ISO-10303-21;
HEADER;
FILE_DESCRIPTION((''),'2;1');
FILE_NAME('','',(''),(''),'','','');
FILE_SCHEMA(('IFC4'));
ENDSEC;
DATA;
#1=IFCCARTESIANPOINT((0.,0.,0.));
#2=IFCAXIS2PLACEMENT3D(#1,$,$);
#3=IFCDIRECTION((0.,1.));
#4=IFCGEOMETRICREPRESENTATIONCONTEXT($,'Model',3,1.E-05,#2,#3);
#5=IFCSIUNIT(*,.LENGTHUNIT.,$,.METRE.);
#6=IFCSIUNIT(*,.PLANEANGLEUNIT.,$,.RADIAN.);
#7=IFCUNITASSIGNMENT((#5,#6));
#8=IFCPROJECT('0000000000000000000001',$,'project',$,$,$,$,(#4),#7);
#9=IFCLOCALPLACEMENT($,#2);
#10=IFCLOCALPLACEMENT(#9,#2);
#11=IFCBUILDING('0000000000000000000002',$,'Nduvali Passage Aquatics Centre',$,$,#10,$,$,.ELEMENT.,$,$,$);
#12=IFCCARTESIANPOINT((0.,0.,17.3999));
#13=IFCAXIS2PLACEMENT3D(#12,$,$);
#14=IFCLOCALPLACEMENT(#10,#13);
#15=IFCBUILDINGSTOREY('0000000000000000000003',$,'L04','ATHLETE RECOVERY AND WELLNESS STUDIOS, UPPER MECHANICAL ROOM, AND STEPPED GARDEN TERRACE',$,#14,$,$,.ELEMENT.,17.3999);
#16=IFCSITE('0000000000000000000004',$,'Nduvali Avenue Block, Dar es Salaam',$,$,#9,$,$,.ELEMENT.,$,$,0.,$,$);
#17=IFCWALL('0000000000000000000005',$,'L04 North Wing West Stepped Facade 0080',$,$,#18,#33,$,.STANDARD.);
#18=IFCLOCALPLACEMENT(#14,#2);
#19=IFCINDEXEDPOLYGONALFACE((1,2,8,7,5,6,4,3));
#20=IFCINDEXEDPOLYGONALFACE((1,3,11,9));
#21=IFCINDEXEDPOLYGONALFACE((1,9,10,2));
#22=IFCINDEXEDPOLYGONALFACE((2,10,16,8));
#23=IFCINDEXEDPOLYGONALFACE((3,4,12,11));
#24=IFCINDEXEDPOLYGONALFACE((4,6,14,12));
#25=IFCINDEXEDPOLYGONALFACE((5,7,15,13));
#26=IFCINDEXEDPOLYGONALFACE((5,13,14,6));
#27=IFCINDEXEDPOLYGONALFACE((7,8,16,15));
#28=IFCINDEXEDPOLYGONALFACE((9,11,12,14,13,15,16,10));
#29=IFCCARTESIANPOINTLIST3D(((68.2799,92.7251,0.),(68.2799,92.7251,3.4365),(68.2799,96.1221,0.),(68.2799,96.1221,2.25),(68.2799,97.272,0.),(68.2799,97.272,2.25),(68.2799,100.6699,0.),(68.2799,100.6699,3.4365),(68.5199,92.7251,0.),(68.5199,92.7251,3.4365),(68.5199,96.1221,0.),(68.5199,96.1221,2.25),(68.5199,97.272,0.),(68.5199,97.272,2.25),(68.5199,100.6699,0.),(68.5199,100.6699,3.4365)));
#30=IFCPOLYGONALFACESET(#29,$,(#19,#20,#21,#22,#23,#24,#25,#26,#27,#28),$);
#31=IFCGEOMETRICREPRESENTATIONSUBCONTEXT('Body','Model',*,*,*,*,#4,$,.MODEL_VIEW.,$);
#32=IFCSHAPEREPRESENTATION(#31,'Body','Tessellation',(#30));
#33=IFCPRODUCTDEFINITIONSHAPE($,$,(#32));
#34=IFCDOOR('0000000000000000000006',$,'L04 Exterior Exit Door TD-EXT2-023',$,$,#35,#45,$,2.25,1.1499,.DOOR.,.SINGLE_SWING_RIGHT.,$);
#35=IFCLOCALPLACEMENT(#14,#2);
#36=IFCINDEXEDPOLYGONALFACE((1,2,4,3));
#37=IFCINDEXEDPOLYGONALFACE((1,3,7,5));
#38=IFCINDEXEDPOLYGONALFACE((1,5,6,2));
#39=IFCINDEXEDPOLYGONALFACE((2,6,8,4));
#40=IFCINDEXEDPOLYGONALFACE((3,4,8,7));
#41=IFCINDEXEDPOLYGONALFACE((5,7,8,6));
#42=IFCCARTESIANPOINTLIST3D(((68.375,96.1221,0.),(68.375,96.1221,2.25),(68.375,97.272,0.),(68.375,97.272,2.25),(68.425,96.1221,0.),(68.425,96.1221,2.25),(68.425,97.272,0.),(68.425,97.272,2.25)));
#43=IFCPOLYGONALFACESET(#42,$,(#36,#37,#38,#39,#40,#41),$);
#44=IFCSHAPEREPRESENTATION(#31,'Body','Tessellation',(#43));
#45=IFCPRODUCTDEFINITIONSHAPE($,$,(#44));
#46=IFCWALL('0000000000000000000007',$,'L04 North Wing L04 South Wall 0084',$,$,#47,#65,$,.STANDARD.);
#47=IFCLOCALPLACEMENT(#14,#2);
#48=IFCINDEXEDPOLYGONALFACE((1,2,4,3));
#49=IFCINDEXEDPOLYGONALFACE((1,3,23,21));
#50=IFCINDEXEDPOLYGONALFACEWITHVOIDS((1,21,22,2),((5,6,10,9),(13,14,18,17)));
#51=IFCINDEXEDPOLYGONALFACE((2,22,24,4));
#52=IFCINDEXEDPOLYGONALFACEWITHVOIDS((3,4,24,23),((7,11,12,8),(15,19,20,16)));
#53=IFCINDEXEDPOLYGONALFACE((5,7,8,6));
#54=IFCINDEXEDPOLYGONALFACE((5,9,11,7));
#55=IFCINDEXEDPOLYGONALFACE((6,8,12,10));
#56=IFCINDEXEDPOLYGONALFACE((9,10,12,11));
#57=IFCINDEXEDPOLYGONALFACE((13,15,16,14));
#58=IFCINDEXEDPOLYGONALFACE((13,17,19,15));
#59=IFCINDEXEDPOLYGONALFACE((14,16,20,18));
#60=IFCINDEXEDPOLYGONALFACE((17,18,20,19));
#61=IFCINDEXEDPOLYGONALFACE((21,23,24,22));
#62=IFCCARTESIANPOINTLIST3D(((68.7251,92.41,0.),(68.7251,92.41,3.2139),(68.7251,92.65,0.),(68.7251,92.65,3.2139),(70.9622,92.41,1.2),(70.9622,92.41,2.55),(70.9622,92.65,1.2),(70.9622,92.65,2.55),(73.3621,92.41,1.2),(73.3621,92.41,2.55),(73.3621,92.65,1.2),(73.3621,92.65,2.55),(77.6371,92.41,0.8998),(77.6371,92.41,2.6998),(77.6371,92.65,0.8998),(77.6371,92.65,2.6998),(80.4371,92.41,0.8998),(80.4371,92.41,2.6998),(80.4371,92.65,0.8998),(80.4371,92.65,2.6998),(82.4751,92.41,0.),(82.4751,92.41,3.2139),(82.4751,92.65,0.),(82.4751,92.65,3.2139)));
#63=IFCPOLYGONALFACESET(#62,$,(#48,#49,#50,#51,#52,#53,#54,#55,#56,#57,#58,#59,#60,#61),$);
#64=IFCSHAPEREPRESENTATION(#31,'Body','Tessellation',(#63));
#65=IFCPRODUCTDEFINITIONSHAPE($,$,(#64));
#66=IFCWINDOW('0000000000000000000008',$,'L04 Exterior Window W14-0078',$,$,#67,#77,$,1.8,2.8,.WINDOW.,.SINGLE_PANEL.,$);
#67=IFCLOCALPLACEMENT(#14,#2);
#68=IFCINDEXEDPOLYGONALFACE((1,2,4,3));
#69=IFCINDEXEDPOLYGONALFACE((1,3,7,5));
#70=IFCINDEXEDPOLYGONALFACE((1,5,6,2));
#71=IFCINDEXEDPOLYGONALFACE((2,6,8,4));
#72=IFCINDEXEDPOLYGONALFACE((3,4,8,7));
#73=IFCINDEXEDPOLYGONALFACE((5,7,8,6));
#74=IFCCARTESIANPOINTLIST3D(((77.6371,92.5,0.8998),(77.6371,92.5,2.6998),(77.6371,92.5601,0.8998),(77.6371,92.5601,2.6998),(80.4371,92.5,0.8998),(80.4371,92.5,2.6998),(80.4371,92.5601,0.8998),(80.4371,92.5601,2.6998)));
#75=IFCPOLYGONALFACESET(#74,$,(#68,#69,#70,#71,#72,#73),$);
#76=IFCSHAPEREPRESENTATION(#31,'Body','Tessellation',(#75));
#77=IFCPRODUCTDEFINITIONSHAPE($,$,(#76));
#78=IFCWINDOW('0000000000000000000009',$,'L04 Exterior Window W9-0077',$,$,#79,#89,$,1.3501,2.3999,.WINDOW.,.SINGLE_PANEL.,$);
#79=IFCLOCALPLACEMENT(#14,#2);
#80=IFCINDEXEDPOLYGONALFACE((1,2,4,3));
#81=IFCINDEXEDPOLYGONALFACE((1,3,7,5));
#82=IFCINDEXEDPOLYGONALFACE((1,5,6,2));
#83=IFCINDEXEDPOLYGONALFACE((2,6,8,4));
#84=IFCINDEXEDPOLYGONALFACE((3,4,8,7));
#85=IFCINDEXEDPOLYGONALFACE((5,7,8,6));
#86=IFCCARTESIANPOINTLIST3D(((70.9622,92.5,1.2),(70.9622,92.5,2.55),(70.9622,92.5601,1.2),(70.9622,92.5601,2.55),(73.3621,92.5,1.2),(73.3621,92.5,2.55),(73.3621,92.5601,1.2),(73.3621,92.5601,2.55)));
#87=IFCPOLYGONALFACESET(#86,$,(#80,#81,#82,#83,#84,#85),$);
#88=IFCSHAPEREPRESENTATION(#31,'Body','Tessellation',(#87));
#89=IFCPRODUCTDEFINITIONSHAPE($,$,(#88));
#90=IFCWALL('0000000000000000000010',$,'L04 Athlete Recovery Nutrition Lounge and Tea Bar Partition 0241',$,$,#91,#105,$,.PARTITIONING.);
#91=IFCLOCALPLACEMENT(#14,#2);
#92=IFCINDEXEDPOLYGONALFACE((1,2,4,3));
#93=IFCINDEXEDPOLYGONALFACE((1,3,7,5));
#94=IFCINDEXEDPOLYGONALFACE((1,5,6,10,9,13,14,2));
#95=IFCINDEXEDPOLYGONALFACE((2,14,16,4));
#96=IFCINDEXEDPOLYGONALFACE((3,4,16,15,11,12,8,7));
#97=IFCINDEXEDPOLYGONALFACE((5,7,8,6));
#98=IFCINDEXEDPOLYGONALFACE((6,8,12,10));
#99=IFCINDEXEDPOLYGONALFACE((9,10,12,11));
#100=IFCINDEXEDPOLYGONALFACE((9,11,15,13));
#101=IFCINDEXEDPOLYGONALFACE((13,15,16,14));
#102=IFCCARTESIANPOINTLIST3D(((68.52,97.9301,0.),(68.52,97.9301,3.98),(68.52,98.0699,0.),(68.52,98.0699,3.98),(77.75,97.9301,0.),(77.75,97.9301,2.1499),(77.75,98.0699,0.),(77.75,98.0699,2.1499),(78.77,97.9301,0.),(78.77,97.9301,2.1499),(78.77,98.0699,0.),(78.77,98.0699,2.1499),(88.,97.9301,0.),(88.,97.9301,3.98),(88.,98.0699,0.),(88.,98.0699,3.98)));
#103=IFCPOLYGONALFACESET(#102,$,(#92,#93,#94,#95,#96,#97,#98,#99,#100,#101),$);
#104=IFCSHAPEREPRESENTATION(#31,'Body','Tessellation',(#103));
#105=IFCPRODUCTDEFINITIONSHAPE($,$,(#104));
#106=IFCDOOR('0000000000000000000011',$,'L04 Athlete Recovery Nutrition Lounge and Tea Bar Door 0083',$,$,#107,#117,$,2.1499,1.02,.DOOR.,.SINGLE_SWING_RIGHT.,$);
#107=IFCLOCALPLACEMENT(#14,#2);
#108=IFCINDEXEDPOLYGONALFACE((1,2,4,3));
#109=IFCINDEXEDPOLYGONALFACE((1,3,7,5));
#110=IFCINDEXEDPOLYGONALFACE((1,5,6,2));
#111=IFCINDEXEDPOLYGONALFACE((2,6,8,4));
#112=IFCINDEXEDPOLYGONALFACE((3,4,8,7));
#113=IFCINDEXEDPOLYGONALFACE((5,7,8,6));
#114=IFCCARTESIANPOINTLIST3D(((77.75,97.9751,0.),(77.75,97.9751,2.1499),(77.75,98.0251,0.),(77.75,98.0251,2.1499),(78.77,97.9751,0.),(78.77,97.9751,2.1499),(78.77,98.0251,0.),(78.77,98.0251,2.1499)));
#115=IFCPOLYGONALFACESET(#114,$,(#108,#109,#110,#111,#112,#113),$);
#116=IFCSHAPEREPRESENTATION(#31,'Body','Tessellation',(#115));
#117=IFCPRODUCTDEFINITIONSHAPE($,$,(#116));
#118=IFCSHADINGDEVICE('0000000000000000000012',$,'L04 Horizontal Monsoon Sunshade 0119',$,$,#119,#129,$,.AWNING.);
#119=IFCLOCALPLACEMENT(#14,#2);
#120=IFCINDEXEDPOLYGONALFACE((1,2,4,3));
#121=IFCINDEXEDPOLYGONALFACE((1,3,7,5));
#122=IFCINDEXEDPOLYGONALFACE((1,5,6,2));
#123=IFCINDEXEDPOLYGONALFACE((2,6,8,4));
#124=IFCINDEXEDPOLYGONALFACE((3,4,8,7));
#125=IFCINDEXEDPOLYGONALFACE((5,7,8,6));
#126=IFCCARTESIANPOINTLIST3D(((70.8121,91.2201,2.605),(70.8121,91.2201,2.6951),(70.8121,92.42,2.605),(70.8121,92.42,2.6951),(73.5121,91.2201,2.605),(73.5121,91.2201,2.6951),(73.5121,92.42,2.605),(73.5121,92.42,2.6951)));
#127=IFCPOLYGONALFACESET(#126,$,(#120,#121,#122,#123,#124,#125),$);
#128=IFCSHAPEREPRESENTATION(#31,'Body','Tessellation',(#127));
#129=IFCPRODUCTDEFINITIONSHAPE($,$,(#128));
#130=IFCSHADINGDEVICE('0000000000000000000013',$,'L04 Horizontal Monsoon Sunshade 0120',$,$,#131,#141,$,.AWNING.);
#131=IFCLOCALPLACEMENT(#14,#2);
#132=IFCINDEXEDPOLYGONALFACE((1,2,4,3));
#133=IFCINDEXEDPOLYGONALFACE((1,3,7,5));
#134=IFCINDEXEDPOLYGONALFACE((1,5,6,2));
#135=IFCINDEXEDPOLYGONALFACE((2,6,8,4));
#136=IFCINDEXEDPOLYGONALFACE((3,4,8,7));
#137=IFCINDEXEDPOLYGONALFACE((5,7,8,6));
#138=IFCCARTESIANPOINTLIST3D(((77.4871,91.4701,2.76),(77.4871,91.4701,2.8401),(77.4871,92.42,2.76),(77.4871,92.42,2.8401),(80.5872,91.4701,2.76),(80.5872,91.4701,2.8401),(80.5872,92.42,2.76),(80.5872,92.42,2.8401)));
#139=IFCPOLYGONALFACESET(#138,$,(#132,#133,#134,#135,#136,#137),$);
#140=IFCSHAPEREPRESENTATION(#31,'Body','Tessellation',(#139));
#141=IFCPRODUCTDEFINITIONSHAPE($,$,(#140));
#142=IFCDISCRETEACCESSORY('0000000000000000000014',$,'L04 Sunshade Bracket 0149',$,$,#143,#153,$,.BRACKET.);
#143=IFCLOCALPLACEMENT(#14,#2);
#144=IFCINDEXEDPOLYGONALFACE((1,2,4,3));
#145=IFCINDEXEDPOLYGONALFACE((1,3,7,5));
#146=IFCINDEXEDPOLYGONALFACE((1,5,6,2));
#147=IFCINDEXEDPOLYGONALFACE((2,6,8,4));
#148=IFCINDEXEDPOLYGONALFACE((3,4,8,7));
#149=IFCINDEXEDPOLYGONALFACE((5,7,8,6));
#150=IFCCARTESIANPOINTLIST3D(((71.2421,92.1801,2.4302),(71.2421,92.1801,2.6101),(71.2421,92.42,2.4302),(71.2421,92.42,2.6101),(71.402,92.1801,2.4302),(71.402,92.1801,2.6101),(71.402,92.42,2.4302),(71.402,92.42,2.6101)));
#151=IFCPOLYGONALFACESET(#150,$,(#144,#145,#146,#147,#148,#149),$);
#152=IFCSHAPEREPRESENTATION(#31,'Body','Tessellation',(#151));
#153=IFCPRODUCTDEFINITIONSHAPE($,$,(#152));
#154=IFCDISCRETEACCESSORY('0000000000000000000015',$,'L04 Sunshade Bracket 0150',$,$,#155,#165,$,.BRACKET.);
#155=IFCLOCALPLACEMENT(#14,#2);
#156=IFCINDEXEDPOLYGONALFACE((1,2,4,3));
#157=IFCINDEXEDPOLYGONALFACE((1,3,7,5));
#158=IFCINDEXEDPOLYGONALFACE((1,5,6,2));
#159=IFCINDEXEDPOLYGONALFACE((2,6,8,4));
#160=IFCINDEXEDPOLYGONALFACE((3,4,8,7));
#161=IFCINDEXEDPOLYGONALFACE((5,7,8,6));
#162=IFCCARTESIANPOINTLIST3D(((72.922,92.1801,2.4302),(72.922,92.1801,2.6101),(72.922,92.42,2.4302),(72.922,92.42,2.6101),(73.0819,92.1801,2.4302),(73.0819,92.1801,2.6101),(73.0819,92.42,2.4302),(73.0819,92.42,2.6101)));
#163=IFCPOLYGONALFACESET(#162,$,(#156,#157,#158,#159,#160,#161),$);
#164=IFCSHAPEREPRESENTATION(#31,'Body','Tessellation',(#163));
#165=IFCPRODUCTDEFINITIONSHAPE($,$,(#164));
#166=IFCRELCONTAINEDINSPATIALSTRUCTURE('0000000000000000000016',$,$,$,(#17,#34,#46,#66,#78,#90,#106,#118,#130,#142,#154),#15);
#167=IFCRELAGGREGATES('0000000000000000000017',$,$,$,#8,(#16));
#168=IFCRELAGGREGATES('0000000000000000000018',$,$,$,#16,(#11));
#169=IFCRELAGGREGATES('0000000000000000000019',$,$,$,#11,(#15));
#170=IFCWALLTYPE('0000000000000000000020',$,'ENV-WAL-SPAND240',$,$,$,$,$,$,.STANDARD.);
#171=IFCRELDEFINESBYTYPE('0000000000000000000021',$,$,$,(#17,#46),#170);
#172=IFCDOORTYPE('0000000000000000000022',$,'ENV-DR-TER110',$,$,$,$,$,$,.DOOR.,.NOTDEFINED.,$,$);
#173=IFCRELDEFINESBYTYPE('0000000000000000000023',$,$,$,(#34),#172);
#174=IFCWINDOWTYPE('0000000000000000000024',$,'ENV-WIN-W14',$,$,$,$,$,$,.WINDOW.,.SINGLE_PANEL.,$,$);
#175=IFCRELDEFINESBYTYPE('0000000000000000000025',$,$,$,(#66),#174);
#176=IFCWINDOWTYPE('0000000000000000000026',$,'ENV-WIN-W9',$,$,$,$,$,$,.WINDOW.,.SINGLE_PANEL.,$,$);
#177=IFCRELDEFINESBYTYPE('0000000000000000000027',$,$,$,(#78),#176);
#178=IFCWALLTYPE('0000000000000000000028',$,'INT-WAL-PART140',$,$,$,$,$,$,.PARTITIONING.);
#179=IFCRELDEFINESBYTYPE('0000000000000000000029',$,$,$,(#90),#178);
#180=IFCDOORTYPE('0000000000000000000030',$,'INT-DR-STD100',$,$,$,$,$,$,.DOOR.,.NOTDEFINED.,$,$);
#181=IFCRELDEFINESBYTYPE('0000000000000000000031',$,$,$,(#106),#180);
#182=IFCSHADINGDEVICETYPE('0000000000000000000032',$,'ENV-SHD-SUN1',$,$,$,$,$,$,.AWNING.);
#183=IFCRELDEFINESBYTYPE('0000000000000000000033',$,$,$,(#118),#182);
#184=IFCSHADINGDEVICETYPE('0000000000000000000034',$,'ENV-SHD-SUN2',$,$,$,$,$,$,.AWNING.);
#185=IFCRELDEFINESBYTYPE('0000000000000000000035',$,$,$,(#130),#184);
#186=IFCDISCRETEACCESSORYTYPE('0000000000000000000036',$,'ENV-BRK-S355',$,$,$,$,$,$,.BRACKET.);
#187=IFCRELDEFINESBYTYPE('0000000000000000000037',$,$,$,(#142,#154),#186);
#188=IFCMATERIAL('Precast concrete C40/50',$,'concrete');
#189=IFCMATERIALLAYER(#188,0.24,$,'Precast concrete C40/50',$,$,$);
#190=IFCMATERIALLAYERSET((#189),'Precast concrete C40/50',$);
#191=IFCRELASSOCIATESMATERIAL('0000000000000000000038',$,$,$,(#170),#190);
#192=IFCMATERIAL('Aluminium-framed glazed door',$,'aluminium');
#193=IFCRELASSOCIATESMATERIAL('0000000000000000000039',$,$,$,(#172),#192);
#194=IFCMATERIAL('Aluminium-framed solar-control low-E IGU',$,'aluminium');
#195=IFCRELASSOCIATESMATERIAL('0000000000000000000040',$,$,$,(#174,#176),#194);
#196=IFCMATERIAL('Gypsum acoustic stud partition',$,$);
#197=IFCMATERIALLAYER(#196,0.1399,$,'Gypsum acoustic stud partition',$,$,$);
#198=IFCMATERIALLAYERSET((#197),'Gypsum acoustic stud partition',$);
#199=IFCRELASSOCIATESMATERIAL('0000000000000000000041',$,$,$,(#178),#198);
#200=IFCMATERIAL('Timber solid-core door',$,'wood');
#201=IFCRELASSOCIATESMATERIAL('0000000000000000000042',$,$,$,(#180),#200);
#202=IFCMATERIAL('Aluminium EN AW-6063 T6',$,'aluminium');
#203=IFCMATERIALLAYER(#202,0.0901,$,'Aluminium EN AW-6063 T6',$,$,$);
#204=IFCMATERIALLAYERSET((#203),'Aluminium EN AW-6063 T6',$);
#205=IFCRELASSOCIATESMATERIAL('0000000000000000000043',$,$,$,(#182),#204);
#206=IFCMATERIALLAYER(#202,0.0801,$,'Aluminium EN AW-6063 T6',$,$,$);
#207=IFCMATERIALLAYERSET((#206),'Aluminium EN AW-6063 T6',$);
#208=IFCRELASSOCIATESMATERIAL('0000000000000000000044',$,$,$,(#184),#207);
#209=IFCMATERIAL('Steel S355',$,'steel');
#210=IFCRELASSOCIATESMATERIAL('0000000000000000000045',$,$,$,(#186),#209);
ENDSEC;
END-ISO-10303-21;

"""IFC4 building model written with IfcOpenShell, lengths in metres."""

from ifc_helpers import new_model, si_unit, direction, frame, frame_2d, origin, origin_2d, place, context, subcontext, project, spatial, rectangle, extrude, material, layer, layer_set, type_object, element, fill, save


model = new_model("IFC4")

# Units and contexts
model_context = context("Model", 3, precision=1e-05, world=origin(), true_north=direction((0.0, 1.0)))
body_context = subcontext(model_context, "Body", "Model", "MODEL_VIEW")
ifc_project = project(units=[si_unit("LENGTHUNIT", "METRE"), si_unit("PLANEANGLEUNIT", "RADIAN")], contexts=[model_context])

# Site, building, storey
site_placement = place(None, origin())
site = spatial("IfcSite", under=ifc_project, at=site_placement, Name="Nduvali Avenue Block, Dar es Salaam", CompositionType="ELEMENT", RefElevation=0.0)
building_placement = place(site_placement, origin())
building = spatial("IfcBuilding", under=site, at=building_placement, Name="Nduvali Passage Aquatics Centre", CompositionType="ELEMENT")
storey_placement = place(building_placement, frame((0.0, 0.0, 17.3999)))
storey = spatial("IfcBuildingStorey", under=building, at=storey_placement, Name="L04", Description="ATHLETE RECOVERY AND WELLNESS STUDIOS, UPPER MECHANICAL ROOM, AND STEPPED GARDEN TERRACE", CompositionType="ELEMENT", Elevation=17.3999)

# Shared definitions
ifc_material_1 = material(Name="Steel S355", Category="steel")

# Wall, opening, door
ifc_material_2 = material(Name="Precast concrete C40/50", Category="concrete")
ifc_layer_1 = layer(ifc_material_2, 0.24, Name="Precast concrete C40/50")
ifc_layer_set_1 = layer_set([ifc_layer_1], Name="Precast concrete C40/50")
wall_type_1 = type_object("IfcWallType", Name="ENV-WAL-SPAND240", PredefinedType="STANDARD", material=ifc_layer_set_1)
wall_1_placement = place(storey_placement, frame((68.3999, 100.6699, 0.0), z_axis=(0.0, 0.0, 1.0), x_axis=(0.0, -1.0, 0.0)))
wall_1 = element("IfcWall", 1, at=wall_1_placement, inside=storey, type_object=wall_type_1, Name="L04 North Wing West Stepped Facade 0080", PredefinedType="STANDARD", context=body_context, shape_type="SweptSolid", body=[
    extrude(rectangle(XDim=7.9448, YDim=0.24, at=frame_2d((3.9724, 0.0))), origin(), (0.0, 0.0, 1.0), 3.4365),
])
opening_1_placement = place(wall_1_placement, frame((3.3979, 0.0, 0.0)))
opening_1 = element("IfcOpeningElement", 2, at=opening_1_placement, cuts=wall_1, PredefinedType="OPENING", context=body_context, shape_type="SweptSolid", body=[
    extrude(rectangle(XDim=1.1499, YDim=2.25, at=frame_2d((0.575, 1.125))), frame((0.0, 0.1348, 0.0), z_axis=(0.0, -1.0, 0.0), x_axis=(1.0, 0.0, 0.0)), (0.0, 0.0, 1.0), 0.2698),
])
ifc_material_3 = material(Name="Aluminium-framed glazed door", Category="aluminium")
door_type_1 = type_object("IfcDoorType", Name="ENV-DR-TER110", OperationType="NOTDEFINED", PredefinedType="DOOR", material=ifc_material_3)
door_1_placement = place(opening_1_placement, frame((1.1499, 0.0, 0.0), z_axis=(0.0, 0.0, 1.0), x_axis=(-1.0, 0.0, 0.0)))
door_1 = element("IfcDoor", 3, at=door_1_placement, inside=storey, type_object=door_type_1, Name="L04 Exterior Exit Door TD-EXT2-023", OperationType="SINGLE_SWING_RIGHT", OverallHeight=2.25, OverallWidth=1.1499, PredefinedType="DOOR", context=body_context, shape_type="SweptSolid", body=[
    extrude(rectangle(XDim=1.1499, YDim=2.25, at=frame_2d((0.575, 1.125))), frame((0.0, 0.0249, 0.0), z_axis=(0.0, -1.0, 0.0), x_axis=(1.0, 0.0, 0.0)), (0.0, 0.0, 1.0), 0.05),
])
fill(opening_1, door_1)

# Wall, openings, windows
wall_2_placement = place(storey_placement, frame((68.7251, 92.53, 0.0), z_axis=(0.0, 0.0, 1.0), x_axis=(1.0, 0.0, 0.0)))
wall_2 = element("IfcWall", 4, at=wall_2_placement, inside=storey, type_object=wall_type_1, Name="L04 North Wing L04 South Wall 0084", PredefinedType="STANDARD", context=body_context, shape_type="SweptSolid", body=[
    extrude(rectangle(XDim=13.75, YDim=0.24, at=frame_2d((6.875, 0.0))), origin(), (0.0, 0.0, 1.0), 3.2139),
])
opening_2_placement = place(wall_2_placement, frame((2.2371, 0.0, 1.2)))
opening_2 = element("IfcOpeningElement", 5, at=opening_2_placement, cuts=wall_2, PredefinedType="OPENING", context=body_context, shape_type="SweptSolid", body=[
    extrude(rectangle(XDim=2.3999, YDim=1.3501, at=frame_2d((1.2, 0.675))), frame((0.0, 0.1348, 0.0), z_axis=(0.0, -1.0, 0.0), x_axis=(1.0, 0.0, 0.0)), (0.0, 0.0, 1.0), 0.2698),
])
opening_3_placement = place(wall_2_placement, frame((8.9121, 0.0, 0.8999)))
opening_3 = element("IfcOpeningElement", 6, at=opening_3_placement, cuts=wall_2, PredefinedType="OPENING", context=body_context, shape_type="SweptSolid", body=[
    extrude(rectangle(XDim=2.8, YDim=1.8, at=frame_2d((1.3999, 0.8999))), frame((0.0, 0.1348, 0.0), z_axis=(0.0, -1.0, 0.0), x_axis=(1.0, 0.0, 0.0)), (0.0, 0.0, 1.0), 0.2698),
])
ifc_material_4 = material(Name="Aluminium-framed solar-control low-E IGU", Category="aluminium")
window_type_1 = type_object("IfcWindowType", Name="ENV-WIN-W14", PartitioningType="SINGLE_PANEL", PredefinedType="WINDOW", material=ifc_material_4)
window_1_placement = place(opening_3_placement, origin())
window_1 = element("IfcWindow", 7, at=window_1_placement, inside=storey, type_object=window_type_1, Name="L04 Exterior Window W14-0078", OverallHeight=1.8, OverallWidth=2.8, PartitioningType="SINGLE_PANEL", PredefinedType="WINDOW", context=body_context, shape_type="SweptSolid", body=[
    extrude(rectangle(XDim=2.8, YDim=1.8, at=frame_2d((1.3999, 0.8999))), frame((0.0, 0.03, 0.0), z_axis=(0.0, -1.0, 0.0), x_axis=(1.0, 0.0, 0.0)), (0.0, 0.0, 1.0), 0.0601),
])
fill(opening_3, window_1)
window_type_2 = type_object("IfcWindowType", Name="ENV-WIN-W9", PartitioningType="SINGLE_PANEL", PredefinedType="WINDOW", material=ifc_material_4)
window_2_placement = place(opening_2_placement, origin())
window_2 = element("IfcWindow", 8, at=window_2_placement, inside=storey, type_object=window_type_2, Name="L04 Exterior Window W9-0077", OverallHeight=1.3501, OverallWidth=2.3999, PartitioningType="SINGLE_PANEL", PredefinedType="WINDOW", context=body_context, shape_type="SweptSolid", body=[
    extrude(rectangle(XDim=2.3999, YDim=1.3501, at=frame_2d((1.2, 0.675))), frame((0.0, 0.03, 0.0), z_axis=(0.0, -1.0, 0.0), x_axis=(1.0, 0.0, 0.0)), (0.0, 0.0, 1.0), 0.0601),
])
fill(opening_2, window_2)

# Wall, opening, door
ifc_material_5 = material(Name="Gypsum acoustic stud partition")
ifc_layer_2 = layer(ifc_material_5, 0.1399, Name="Gypsum acoustic stud partition")
ifc_layer_set_2 = layer_set([ifc_layer_2], Name="Gypsum acoustic stud partition")
wall_type_2 = type_object("IfcWallType", Name="INT-WAL-PART140", PredefinedType="PARTITIONING", material=ifc_layer_set_2)
wall_3_placement = place(storey_placement, frame((68.52, 98.0, 0.0), z_axis=(0.0, 0.0, 1.0), x_axis=(1.0, 0.0, 0.0)))
wall_3 = element("IfcWall", 9, at=wall_3_placement, inside=storey, type_object=wall_type_2, Name="L04 Athlete Recovery Nutrition Lounge and Tea Bar Partition 0241", PredefinedType="PARTITIONING", context=body_context, shape_type="SweptSolid", body=[
    extrude(rectangle(XDim=19.48, YDim=0.1399, at=frame_2d((9.74, 0.0))), origin(), (0.0, 0.0, 1.0), 3.98),
])
opening_4_placement = place(wall_3_placement, frame((9.23, 0.0, 0.0)))
opening_4 = element("IfcOpeningElement", 10, at=opening_4_placement, cuts=wall_3, PredefinedType="OPENING", context=body_context, shape_type="SweptSolid", body=[
    extrude(rectangle(XDim=1.02, YDim=2.1499, at=frame_2d((0.51, 1.075))), frame((0.0, 0.085, 0.0), z_axis=(0.0, -1.0, 0.0), x_axis=(1.0, 0.0, 0.0)), (0.0, 0.0, 1.0), 0.1697),
])
ifc_material_6 = material(Name="Timber solid-core door", Category="wood")
door_type_2 = type_object("IfcDoorType", Name="INT-DR-STD100", OperationType="NOTDEFINED", PredefinedType="DOOR", material=ifc_material_6)
door_2_placement = place(opening_4_placement, frame((1.02, 0.0, 0.0), z_axis=(0.0, 0.0, 1.0), x_axis=(-1.0, 0.0, 0.0)))
door_2 = element("IfcDoor", 11, at=door_2_placement, inside=storey, type_object=door_type_2, Name="L04 Athlete Recovery Nutrition Lounge and Tea Bar Door 0083", OperationType="SINGLE_SWING_RIGHT", OverallHeight=2.1499, OverallWidth=1.02, PredefinedType="DOOR", context=body_context, shape_type="SweptSolid", body=[
    extrude(rectangle(XDim=1.02, YDim=2.1499, at=frame_2d((0.51, 1.075))), frame((0.0, 0.0249, 0.0), z_axis=(0.0, -1.0, 0.0), x_axis=(1.0, 0.0, 0.0)), (0.0, 0.0, 1.0), 0.05),
])
fill(opening_4, door_2)

# Shading devices
ifc_material_7 = material(Name="Aluminium EN AW-6063 T6", Category="aluminium")
ifc_layer_3 = layer(ifc_material_7, 0.0901, Name="Aluminium EN AW-6063 T6")
ifc_layer_set_3 = layer_set([ifc_layer_3], Name="Aluminium EN AW-6063 T6")
shading_device_type_1 = type_object("IfcShadingDeviceType", Name="ENV-SHD-SUN1", PredefinedType="AWNING", material=ifc_layer_set_3)
shading_device_1_placement = place(storey_placement, frame((72.1621, 91.8201, 2.605), z_axis=(0.0, 0.0, 1.0), x_axis=(1.0, 0.0, 0.0)))
element("IfcShadingDevice", 12, at=shading_device_1_placement, inside=storey, type_object=shading_device_type_1, Name="L04 Horizontal Monsoon Sunshade 0119", PredefinedType="AWNING", context=body_context, shape_type="SweptSolid", body=[
    extrude(rectangle(XDim=2.7, YDim=1.2, at=origin_2d()), origin(), (0.0, 0.0, 1.0), 0.0901),
])
ifc_layer_4 = layer(ifc_material_7, 0.0801, Name="Aluminium EN AW-6063 T6")
ifc_layer_set_4 = layer_set([ifc_layer_4], Name="Aluminium EN AW-6063 T6")
shading_device_type_2 = type_object("IfcShadingDeviceType", Name="ENV-SHD-SUN2", PredefinedType="AWNING", material=ifc_layer_set_4)
shading_device_2_placement = place(storey_placement, frame((79.0371, 91.9451, 2.76), z_axis=(0.0, 0.0, 1.0), x_axis=(1.0, 0.0, 0.0)))
element("IfcShadingDevice", 13, at=shading_device_2_placement, inside=storey, type_object=shading_device_type_2, Name="L04 Horizontal Monsoon Sunshade 0120", PredefinedType="AWNING", context=body_context, shape_type="SweptSolid", body=[
    extrude(rectangle(XDim=3.1001, YDim=0.95, at=origin_2d()), origin(), (0.0, 0.0, 1.0), 0.0801),
])

# Discrete accessories
discrete_accessory_type = type_object("IfcDiscreteAccessoryType", Name="ENV-BRK-S355", PredefinedType="BRACKET", material=ifc_material_1)
for number, where, z_axis, x_axis, name in (
    (14, (71.322, 92.3, 2.4302), (0.0, 0.0, 1.0), (1.0, 0.0, 0.0), "L04 Sunshade Bracket 0149"),
    (15, (73.002, 92.3, 2.4302), (0.0, 0.0, 1.0), (1.0, 0.0, 0.0), "L04 Sunshade Bracket 0150"),
):
    element("IfcDiscreteAccessory", number, at=place(storey_placement, frame(where, z_axis=z_axis, x_axis=x_axis)), inside=storey, type_object=discrete_accessory_type, Name=name, PredefinedType="BRACKET", context=body_context, shape_type="SweptSolid", body=[
        extrude(rectangle(XDim=0.1599, YDim=0.24, at=origin_2d()), origin(), (0.0, 0.0, 1.0), 0.1799),
    ])

save(model, "model.ifc")
